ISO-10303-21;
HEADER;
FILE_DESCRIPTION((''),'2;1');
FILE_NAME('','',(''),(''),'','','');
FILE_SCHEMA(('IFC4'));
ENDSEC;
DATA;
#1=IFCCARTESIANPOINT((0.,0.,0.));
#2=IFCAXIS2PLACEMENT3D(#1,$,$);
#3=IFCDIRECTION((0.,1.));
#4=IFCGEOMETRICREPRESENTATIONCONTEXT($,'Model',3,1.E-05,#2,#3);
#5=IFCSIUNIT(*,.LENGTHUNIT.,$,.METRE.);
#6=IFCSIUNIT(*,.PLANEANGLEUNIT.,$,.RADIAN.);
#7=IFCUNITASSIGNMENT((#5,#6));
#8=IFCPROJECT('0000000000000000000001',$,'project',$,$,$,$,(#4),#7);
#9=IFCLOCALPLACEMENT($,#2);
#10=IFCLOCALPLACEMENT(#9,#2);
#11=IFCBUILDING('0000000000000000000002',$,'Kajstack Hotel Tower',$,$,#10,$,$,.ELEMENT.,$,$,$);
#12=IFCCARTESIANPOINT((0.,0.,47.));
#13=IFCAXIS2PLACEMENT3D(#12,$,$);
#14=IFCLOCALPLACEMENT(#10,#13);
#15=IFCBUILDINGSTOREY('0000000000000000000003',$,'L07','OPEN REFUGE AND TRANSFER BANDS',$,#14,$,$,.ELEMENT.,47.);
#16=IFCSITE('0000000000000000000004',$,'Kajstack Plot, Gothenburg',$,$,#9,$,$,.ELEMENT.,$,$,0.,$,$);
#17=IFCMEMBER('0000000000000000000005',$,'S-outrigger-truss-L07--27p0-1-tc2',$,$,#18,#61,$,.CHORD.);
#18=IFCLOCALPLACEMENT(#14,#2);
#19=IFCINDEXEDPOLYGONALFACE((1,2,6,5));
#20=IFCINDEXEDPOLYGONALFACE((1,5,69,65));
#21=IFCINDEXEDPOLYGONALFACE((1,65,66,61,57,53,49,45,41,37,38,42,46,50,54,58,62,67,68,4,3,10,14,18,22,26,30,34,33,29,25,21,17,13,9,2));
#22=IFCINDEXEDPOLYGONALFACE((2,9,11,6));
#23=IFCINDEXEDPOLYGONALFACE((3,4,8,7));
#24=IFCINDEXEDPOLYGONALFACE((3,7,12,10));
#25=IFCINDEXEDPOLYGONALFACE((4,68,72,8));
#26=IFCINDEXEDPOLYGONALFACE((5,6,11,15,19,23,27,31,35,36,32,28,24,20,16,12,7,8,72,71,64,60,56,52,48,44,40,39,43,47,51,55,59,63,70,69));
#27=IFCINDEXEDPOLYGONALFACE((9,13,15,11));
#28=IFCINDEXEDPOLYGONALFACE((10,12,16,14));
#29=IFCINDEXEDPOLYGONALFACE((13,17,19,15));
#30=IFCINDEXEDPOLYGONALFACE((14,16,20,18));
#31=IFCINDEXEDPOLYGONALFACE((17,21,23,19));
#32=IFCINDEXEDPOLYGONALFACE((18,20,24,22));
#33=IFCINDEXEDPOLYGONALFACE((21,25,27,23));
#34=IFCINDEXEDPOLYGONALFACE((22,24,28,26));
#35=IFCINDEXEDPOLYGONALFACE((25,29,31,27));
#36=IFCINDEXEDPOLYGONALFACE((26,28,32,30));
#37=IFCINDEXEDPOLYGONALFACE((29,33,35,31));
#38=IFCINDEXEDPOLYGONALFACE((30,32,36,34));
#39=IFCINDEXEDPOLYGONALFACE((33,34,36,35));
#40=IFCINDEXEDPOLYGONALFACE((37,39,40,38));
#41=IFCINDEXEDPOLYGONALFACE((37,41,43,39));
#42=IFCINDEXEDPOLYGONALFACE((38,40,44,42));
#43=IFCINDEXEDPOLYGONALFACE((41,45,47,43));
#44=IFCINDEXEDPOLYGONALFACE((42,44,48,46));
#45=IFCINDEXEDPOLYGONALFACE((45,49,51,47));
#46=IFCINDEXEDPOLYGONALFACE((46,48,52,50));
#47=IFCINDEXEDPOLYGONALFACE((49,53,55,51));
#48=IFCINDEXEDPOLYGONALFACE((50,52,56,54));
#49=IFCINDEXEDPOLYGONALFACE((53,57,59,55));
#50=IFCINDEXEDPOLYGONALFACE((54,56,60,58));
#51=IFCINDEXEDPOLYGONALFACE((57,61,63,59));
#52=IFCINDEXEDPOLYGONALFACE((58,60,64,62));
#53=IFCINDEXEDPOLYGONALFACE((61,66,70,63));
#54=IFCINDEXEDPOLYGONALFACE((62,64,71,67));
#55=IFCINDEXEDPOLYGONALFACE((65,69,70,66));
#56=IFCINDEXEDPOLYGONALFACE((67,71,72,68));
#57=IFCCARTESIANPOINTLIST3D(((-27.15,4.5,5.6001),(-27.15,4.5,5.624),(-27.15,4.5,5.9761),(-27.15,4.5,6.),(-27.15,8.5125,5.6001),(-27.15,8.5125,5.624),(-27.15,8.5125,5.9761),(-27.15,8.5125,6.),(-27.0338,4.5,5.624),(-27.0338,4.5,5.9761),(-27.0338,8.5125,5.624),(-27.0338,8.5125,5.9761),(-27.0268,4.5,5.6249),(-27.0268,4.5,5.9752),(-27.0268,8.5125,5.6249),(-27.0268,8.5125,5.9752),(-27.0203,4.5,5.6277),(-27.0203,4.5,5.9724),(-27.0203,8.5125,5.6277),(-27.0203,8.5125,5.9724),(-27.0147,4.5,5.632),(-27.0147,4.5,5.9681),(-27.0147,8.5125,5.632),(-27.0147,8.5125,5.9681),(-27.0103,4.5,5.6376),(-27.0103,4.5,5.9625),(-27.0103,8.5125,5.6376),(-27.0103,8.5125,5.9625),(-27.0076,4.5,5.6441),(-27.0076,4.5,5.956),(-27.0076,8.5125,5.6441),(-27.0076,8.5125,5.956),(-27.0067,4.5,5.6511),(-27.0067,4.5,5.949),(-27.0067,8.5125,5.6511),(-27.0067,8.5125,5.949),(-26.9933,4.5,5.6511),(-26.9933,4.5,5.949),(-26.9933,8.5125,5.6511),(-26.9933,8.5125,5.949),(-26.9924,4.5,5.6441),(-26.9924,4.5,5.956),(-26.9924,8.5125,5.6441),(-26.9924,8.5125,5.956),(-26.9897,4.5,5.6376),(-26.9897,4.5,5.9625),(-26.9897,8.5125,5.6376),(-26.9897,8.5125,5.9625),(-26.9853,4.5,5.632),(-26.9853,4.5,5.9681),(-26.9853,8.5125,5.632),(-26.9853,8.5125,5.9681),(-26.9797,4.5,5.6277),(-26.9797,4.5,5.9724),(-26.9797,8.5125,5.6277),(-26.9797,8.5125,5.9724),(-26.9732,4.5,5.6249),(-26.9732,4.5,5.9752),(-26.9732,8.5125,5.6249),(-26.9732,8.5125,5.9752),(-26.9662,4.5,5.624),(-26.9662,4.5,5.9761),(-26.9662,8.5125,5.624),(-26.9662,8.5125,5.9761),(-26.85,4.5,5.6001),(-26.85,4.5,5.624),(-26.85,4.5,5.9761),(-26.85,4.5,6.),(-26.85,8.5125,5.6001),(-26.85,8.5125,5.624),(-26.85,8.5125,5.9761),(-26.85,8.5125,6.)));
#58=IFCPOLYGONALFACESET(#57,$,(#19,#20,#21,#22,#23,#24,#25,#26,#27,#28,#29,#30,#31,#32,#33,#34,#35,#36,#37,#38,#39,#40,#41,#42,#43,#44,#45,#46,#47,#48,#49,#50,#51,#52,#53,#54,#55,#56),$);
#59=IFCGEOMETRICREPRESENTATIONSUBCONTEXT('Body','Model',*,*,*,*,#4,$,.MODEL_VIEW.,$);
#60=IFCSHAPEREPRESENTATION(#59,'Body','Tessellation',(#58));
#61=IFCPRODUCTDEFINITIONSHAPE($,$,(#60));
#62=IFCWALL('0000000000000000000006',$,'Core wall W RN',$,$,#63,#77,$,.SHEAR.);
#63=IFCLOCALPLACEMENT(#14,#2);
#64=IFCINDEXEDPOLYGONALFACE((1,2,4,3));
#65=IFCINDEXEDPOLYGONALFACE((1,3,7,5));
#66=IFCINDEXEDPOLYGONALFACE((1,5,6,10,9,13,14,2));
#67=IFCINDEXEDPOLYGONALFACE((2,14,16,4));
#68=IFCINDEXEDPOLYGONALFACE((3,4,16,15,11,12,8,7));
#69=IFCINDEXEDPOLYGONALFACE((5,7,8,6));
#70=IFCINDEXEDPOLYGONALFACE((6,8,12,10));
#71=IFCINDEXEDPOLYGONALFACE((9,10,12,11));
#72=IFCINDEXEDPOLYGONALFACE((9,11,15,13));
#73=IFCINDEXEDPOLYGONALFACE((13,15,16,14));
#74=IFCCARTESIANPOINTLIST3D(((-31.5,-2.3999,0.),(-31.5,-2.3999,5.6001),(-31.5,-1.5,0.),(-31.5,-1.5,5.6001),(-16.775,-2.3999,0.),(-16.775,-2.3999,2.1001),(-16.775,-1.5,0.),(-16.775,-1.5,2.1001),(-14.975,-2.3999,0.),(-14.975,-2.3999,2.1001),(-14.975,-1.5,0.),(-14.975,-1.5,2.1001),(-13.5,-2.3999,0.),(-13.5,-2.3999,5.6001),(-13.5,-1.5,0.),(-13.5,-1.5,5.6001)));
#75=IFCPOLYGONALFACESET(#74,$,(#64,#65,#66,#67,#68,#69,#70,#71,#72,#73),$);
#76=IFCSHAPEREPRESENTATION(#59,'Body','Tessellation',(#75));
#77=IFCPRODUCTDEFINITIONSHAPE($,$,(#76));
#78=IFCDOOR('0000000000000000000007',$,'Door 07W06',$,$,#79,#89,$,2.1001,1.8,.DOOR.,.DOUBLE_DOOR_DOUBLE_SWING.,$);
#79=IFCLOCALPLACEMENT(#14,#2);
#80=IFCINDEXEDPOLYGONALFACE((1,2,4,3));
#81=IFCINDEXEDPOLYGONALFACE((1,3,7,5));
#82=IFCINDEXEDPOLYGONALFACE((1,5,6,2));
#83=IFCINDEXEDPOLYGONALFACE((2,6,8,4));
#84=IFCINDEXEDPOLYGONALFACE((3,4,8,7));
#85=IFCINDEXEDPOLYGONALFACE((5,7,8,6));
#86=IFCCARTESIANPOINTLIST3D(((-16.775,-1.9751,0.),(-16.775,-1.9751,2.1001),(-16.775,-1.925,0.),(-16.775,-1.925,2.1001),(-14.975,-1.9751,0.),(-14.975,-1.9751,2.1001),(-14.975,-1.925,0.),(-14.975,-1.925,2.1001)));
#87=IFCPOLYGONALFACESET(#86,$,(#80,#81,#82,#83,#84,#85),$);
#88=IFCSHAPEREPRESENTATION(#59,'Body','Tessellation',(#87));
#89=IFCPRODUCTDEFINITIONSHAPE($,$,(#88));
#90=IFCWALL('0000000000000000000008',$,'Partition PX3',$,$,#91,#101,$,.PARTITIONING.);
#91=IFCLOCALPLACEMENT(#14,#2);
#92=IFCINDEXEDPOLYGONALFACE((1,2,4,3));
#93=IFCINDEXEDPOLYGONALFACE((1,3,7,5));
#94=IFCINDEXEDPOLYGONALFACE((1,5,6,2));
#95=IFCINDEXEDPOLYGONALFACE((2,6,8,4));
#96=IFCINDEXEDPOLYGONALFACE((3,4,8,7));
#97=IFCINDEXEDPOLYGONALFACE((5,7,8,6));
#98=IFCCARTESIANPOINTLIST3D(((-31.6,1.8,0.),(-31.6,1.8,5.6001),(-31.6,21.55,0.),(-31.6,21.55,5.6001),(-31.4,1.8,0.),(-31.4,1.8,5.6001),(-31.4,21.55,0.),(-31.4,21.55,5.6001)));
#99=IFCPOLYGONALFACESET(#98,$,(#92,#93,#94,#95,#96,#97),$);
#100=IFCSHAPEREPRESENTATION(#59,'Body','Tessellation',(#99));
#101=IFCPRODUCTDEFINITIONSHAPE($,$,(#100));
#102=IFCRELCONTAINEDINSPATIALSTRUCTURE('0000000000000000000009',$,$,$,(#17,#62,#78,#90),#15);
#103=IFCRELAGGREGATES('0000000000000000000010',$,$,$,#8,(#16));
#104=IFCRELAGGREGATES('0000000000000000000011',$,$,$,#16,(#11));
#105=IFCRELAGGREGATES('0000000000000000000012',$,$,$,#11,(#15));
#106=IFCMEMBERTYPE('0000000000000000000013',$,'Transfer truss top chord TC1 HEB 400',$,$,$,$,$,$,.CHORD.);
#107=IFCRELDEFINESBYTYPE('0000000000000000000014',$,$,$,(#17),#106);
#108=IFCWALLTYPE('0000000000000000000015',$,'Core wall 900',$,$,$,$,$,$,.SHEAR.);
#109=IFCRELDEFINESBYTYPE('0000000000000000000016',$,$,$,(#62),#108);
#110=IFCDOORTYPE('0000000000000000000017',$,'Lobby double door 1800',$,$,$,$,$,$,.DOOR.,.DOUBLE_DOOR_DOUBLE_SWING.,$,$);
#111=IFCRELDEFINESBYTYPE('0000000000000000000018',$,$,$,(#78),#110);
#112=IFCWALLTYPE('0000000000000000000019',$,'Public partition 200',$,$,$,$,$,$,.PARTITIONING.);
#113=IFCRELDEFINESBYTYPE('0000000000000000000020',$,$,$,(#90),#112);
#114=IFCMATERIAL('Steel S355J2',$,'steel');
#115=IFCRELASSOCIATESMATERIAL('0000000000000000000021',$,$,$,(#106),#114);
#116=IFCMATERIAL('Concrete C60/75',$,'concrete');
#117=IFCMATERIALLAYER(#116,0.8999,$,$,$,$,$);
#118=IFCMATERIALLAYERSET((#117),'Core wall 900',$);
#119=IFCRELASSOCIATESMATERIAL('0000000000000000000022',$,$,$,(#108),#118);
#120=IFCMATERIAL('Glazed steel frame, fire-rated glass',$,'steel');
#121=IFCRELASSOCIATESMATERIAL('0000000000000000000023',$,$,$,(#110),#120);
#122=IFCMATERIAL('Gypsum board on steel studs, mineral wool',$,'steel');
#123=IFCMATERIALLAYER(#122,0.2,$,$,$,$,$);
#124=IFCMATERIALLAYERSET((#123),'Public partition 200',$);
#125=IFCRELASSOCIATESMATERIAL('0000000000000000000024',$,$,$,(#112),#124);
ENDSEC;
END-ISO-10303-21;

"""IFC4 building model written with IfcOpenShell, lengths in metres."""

from ifc_helpers import new_model, si_unit, direction, frame, frame_2d, origin, origin_2d, place, context, subcontext, project, spatial, rectangle, i_section, extrude, material, layer, layer_set, material_profile, profile_set, type_object, element, fill, save


model = new_model("IFC4")

# Units and contexts
model_context = context("Model", 3, precision=1e-05, world=origin(), true_north=direction((0.0, 1.0)))
body_context = subcontext(model_context, "Body", "Model", "MODEL_VIEW")
ifc_project = project(units=[si_unit("LENGTHUNIT", "METRE"), si_unit("PLANEANGLEUNIT", "RADIAN")], contexts=[model_context])

# Site, building, storey
site_placement = place(None, origin())
site = spatial("IfcSite", under=ifc_project, at=site_placement, Name="Kajstack Plot, Gothenburg", CompositionType="ELEMENT", RefElevation=0.0)
building_placement = place(site_placement, origin())
building = spatial("IfcBuilding", under=site, at=building_placement, Name="Kajstack Hotel Tower", CompositionType="ELEMENT")
storey_placement = place(building_placement, frame((0.0, 0.0, 47.0)))
storey = spatial("IfcBuildingStorey", under=building, at=storey_placement, Name="L07", Description="OPEN REFUGE AND TRANSFER BANDS", CompositionType="ELEMENT", Elevation=47.0)

# Member
ifc_material_1 = material(Name="Steel S355J2", Category="steel")
ifc_material_profile_1 = material_profile(ifc_material_1, i_section(OverallWidth=0.3, OverallDepth=0.3999, WebThickness=0.0134, FlangeThickness=0.0239, FilletRadius=0.0271, at=origin_2d()), Name="HEB 400")
ifc_profile_set_1 = profile_set([ifc_material_profile_1], Name="Steel S355J2")
member_type_1 = type_object("IfcMemberType", Name="Transfer truss top chord TC1 HEB 400", PredefinedType="CHORD", material=ifc_profile_set_1)
member_1_placement = place(storey_placement, frame((-27.0, 4.5, 5.8), z_axis=(0.0, 1.0, 0.0), x_axis=(-1.0, 0.0, 0.0)))
element("IfcMember", 1, at=member_1_placement, inside=storey, type_object=member_type_1, Name="S-outrigger-truss-L07--27p0-1-tc2", PredefinedType="CHORD", context=body_context, shape_type="SweptSolid", body=[
    extrude(i_section(OverallWidth=0.3, OverallDepth=0.3999, WebThickness=0.0134, FlangeThickness=0.0239, FilletRadius=0.0271, at=origin_2d()), origin(), (0.0, 0.0, 1.0), 4.0125),
])

# Wall, opening, door
ifc_material_2 = material(Name="Concrete C60/75", Category="concrete")
ifc_layer_1 = layer(ifc_material_2, 0.8999)
ifc_layer_set_1 = layer_set([ifc_layer_1], Name="Core wall 900")
wall_type_1 = type_object("IfcWallType", Name="Core wall 900", PredefinedType="SHEAR", material=ifc_layer_set_1)
wall_1_placement = place(storey_placement, frame((-31.5, -1.95, 0.0), z_axis=(0.0, 0.0, 1.0), x_axis=(1.0, 0.0, 0.0)))
wall_1 = element("IfcWall", 2, at=wall_1_placement, inside=storey, type_object=wall_type_1, Name="Core wall W RN", PredefinedType="SHEAR", context=body_context, shape_type="SweptSolid", body=[
    extrude(rectangle(XDim=18.0, YDim=0.8999, at=frame_2d((9.0, 0.0))), origin(), (0.0, 0.0, 1.0), 5.6001),
])
opening_1_placement = place(wall_1_placement, frame((14.7251, 0.0, 0.0)))
opening_1 = element("IfcOpeningElement", 3, at=opening_1_placement, cuts=wall_1, PredefinedType="OPENING", context=body_context, shape_type="SweptSolid", body=[
    extrude(rectangle(XDim=1.8, YDim=2.1001, at=frame_2d((0.8999, 1.05))), frame((0.0, 0.46, 0.0), z_axis=(0.0, -1.0, 0.0), x_axis=(1.0, 0.0, 0.0)), (0.0, 0.0, 1.0), 0.9199),
])
ifc_material_3 = material(Name="Glazed steel frame, fire-rated glass", Category="steel")
door_type_1 = type_object("IfcDoorType", Name="Lobby double door 1800", OperationType="DOUBLE_DOOR_DOUBLE_SWING", PredefinedType="DOOR", material=ifc_material_3)
door_1_placement = place(opening_1_placement, origin())
door_1 = element("IfcDoor", 4, at=door_1_placement, inside=storey, type_object=door_type_1, Name="Door 07W06", OperationType="DOUBLE_DOOR_DOUBLE_SWING", OverallHeight=2.1001, OverallWidth=1.8, PredefinedType="DOOR", context=body_context, shape_type="SweptSolid", body=[
    extrude(rectangle(XDim=1.8, YDim=2.1001, at=frame_2d((0.8999, 1.05))), frame((0.0, 0.0249, 0.0), z_axis=(0.0, -1.0, 0.0), x_axis=(1.0, 0.0, 0.0)), (0.0, 0.0, 1.0), 0.05),
])
fill(opening_1, door_1)

# Wall
ifc_material_4 = material(Name="Gypsum board on steel studs, mineral wool", Category="steel")
ifc_layer_2 = layer(ifc_material_4, 0.2)
ifc_layer_set_2 = layer_set([ifc_layer_2], Name="Public partition 200")
wall_type_2 = type_object("IfcWallType", Name="Public partition 200", PredefinedType="PARTITIONING", material=ifc_layer_set_2)
wall_2_placement = place(storey_placement, frame((-31.5, 1.8, 0.0), z_axis=(0.0, 0.0, 1.0), x_axis=(0.0, 1.0, 0.0)))
element("IfcWall", 5, at=wall_2_placement, inside=storey, type_object=wall_type_2, Name="Partition PX3", PredefinedType="PARTITIONING", context=body_context, shape_type="SweptSolid", body=[
    extrude(rectangle(XDim=19.75, YDim=0.2, at=frame_2d((9.875, 0.0))), origin(), (0.0, 0.0, 1.0), 5.6001),
])

save(model, "model.ifc")
